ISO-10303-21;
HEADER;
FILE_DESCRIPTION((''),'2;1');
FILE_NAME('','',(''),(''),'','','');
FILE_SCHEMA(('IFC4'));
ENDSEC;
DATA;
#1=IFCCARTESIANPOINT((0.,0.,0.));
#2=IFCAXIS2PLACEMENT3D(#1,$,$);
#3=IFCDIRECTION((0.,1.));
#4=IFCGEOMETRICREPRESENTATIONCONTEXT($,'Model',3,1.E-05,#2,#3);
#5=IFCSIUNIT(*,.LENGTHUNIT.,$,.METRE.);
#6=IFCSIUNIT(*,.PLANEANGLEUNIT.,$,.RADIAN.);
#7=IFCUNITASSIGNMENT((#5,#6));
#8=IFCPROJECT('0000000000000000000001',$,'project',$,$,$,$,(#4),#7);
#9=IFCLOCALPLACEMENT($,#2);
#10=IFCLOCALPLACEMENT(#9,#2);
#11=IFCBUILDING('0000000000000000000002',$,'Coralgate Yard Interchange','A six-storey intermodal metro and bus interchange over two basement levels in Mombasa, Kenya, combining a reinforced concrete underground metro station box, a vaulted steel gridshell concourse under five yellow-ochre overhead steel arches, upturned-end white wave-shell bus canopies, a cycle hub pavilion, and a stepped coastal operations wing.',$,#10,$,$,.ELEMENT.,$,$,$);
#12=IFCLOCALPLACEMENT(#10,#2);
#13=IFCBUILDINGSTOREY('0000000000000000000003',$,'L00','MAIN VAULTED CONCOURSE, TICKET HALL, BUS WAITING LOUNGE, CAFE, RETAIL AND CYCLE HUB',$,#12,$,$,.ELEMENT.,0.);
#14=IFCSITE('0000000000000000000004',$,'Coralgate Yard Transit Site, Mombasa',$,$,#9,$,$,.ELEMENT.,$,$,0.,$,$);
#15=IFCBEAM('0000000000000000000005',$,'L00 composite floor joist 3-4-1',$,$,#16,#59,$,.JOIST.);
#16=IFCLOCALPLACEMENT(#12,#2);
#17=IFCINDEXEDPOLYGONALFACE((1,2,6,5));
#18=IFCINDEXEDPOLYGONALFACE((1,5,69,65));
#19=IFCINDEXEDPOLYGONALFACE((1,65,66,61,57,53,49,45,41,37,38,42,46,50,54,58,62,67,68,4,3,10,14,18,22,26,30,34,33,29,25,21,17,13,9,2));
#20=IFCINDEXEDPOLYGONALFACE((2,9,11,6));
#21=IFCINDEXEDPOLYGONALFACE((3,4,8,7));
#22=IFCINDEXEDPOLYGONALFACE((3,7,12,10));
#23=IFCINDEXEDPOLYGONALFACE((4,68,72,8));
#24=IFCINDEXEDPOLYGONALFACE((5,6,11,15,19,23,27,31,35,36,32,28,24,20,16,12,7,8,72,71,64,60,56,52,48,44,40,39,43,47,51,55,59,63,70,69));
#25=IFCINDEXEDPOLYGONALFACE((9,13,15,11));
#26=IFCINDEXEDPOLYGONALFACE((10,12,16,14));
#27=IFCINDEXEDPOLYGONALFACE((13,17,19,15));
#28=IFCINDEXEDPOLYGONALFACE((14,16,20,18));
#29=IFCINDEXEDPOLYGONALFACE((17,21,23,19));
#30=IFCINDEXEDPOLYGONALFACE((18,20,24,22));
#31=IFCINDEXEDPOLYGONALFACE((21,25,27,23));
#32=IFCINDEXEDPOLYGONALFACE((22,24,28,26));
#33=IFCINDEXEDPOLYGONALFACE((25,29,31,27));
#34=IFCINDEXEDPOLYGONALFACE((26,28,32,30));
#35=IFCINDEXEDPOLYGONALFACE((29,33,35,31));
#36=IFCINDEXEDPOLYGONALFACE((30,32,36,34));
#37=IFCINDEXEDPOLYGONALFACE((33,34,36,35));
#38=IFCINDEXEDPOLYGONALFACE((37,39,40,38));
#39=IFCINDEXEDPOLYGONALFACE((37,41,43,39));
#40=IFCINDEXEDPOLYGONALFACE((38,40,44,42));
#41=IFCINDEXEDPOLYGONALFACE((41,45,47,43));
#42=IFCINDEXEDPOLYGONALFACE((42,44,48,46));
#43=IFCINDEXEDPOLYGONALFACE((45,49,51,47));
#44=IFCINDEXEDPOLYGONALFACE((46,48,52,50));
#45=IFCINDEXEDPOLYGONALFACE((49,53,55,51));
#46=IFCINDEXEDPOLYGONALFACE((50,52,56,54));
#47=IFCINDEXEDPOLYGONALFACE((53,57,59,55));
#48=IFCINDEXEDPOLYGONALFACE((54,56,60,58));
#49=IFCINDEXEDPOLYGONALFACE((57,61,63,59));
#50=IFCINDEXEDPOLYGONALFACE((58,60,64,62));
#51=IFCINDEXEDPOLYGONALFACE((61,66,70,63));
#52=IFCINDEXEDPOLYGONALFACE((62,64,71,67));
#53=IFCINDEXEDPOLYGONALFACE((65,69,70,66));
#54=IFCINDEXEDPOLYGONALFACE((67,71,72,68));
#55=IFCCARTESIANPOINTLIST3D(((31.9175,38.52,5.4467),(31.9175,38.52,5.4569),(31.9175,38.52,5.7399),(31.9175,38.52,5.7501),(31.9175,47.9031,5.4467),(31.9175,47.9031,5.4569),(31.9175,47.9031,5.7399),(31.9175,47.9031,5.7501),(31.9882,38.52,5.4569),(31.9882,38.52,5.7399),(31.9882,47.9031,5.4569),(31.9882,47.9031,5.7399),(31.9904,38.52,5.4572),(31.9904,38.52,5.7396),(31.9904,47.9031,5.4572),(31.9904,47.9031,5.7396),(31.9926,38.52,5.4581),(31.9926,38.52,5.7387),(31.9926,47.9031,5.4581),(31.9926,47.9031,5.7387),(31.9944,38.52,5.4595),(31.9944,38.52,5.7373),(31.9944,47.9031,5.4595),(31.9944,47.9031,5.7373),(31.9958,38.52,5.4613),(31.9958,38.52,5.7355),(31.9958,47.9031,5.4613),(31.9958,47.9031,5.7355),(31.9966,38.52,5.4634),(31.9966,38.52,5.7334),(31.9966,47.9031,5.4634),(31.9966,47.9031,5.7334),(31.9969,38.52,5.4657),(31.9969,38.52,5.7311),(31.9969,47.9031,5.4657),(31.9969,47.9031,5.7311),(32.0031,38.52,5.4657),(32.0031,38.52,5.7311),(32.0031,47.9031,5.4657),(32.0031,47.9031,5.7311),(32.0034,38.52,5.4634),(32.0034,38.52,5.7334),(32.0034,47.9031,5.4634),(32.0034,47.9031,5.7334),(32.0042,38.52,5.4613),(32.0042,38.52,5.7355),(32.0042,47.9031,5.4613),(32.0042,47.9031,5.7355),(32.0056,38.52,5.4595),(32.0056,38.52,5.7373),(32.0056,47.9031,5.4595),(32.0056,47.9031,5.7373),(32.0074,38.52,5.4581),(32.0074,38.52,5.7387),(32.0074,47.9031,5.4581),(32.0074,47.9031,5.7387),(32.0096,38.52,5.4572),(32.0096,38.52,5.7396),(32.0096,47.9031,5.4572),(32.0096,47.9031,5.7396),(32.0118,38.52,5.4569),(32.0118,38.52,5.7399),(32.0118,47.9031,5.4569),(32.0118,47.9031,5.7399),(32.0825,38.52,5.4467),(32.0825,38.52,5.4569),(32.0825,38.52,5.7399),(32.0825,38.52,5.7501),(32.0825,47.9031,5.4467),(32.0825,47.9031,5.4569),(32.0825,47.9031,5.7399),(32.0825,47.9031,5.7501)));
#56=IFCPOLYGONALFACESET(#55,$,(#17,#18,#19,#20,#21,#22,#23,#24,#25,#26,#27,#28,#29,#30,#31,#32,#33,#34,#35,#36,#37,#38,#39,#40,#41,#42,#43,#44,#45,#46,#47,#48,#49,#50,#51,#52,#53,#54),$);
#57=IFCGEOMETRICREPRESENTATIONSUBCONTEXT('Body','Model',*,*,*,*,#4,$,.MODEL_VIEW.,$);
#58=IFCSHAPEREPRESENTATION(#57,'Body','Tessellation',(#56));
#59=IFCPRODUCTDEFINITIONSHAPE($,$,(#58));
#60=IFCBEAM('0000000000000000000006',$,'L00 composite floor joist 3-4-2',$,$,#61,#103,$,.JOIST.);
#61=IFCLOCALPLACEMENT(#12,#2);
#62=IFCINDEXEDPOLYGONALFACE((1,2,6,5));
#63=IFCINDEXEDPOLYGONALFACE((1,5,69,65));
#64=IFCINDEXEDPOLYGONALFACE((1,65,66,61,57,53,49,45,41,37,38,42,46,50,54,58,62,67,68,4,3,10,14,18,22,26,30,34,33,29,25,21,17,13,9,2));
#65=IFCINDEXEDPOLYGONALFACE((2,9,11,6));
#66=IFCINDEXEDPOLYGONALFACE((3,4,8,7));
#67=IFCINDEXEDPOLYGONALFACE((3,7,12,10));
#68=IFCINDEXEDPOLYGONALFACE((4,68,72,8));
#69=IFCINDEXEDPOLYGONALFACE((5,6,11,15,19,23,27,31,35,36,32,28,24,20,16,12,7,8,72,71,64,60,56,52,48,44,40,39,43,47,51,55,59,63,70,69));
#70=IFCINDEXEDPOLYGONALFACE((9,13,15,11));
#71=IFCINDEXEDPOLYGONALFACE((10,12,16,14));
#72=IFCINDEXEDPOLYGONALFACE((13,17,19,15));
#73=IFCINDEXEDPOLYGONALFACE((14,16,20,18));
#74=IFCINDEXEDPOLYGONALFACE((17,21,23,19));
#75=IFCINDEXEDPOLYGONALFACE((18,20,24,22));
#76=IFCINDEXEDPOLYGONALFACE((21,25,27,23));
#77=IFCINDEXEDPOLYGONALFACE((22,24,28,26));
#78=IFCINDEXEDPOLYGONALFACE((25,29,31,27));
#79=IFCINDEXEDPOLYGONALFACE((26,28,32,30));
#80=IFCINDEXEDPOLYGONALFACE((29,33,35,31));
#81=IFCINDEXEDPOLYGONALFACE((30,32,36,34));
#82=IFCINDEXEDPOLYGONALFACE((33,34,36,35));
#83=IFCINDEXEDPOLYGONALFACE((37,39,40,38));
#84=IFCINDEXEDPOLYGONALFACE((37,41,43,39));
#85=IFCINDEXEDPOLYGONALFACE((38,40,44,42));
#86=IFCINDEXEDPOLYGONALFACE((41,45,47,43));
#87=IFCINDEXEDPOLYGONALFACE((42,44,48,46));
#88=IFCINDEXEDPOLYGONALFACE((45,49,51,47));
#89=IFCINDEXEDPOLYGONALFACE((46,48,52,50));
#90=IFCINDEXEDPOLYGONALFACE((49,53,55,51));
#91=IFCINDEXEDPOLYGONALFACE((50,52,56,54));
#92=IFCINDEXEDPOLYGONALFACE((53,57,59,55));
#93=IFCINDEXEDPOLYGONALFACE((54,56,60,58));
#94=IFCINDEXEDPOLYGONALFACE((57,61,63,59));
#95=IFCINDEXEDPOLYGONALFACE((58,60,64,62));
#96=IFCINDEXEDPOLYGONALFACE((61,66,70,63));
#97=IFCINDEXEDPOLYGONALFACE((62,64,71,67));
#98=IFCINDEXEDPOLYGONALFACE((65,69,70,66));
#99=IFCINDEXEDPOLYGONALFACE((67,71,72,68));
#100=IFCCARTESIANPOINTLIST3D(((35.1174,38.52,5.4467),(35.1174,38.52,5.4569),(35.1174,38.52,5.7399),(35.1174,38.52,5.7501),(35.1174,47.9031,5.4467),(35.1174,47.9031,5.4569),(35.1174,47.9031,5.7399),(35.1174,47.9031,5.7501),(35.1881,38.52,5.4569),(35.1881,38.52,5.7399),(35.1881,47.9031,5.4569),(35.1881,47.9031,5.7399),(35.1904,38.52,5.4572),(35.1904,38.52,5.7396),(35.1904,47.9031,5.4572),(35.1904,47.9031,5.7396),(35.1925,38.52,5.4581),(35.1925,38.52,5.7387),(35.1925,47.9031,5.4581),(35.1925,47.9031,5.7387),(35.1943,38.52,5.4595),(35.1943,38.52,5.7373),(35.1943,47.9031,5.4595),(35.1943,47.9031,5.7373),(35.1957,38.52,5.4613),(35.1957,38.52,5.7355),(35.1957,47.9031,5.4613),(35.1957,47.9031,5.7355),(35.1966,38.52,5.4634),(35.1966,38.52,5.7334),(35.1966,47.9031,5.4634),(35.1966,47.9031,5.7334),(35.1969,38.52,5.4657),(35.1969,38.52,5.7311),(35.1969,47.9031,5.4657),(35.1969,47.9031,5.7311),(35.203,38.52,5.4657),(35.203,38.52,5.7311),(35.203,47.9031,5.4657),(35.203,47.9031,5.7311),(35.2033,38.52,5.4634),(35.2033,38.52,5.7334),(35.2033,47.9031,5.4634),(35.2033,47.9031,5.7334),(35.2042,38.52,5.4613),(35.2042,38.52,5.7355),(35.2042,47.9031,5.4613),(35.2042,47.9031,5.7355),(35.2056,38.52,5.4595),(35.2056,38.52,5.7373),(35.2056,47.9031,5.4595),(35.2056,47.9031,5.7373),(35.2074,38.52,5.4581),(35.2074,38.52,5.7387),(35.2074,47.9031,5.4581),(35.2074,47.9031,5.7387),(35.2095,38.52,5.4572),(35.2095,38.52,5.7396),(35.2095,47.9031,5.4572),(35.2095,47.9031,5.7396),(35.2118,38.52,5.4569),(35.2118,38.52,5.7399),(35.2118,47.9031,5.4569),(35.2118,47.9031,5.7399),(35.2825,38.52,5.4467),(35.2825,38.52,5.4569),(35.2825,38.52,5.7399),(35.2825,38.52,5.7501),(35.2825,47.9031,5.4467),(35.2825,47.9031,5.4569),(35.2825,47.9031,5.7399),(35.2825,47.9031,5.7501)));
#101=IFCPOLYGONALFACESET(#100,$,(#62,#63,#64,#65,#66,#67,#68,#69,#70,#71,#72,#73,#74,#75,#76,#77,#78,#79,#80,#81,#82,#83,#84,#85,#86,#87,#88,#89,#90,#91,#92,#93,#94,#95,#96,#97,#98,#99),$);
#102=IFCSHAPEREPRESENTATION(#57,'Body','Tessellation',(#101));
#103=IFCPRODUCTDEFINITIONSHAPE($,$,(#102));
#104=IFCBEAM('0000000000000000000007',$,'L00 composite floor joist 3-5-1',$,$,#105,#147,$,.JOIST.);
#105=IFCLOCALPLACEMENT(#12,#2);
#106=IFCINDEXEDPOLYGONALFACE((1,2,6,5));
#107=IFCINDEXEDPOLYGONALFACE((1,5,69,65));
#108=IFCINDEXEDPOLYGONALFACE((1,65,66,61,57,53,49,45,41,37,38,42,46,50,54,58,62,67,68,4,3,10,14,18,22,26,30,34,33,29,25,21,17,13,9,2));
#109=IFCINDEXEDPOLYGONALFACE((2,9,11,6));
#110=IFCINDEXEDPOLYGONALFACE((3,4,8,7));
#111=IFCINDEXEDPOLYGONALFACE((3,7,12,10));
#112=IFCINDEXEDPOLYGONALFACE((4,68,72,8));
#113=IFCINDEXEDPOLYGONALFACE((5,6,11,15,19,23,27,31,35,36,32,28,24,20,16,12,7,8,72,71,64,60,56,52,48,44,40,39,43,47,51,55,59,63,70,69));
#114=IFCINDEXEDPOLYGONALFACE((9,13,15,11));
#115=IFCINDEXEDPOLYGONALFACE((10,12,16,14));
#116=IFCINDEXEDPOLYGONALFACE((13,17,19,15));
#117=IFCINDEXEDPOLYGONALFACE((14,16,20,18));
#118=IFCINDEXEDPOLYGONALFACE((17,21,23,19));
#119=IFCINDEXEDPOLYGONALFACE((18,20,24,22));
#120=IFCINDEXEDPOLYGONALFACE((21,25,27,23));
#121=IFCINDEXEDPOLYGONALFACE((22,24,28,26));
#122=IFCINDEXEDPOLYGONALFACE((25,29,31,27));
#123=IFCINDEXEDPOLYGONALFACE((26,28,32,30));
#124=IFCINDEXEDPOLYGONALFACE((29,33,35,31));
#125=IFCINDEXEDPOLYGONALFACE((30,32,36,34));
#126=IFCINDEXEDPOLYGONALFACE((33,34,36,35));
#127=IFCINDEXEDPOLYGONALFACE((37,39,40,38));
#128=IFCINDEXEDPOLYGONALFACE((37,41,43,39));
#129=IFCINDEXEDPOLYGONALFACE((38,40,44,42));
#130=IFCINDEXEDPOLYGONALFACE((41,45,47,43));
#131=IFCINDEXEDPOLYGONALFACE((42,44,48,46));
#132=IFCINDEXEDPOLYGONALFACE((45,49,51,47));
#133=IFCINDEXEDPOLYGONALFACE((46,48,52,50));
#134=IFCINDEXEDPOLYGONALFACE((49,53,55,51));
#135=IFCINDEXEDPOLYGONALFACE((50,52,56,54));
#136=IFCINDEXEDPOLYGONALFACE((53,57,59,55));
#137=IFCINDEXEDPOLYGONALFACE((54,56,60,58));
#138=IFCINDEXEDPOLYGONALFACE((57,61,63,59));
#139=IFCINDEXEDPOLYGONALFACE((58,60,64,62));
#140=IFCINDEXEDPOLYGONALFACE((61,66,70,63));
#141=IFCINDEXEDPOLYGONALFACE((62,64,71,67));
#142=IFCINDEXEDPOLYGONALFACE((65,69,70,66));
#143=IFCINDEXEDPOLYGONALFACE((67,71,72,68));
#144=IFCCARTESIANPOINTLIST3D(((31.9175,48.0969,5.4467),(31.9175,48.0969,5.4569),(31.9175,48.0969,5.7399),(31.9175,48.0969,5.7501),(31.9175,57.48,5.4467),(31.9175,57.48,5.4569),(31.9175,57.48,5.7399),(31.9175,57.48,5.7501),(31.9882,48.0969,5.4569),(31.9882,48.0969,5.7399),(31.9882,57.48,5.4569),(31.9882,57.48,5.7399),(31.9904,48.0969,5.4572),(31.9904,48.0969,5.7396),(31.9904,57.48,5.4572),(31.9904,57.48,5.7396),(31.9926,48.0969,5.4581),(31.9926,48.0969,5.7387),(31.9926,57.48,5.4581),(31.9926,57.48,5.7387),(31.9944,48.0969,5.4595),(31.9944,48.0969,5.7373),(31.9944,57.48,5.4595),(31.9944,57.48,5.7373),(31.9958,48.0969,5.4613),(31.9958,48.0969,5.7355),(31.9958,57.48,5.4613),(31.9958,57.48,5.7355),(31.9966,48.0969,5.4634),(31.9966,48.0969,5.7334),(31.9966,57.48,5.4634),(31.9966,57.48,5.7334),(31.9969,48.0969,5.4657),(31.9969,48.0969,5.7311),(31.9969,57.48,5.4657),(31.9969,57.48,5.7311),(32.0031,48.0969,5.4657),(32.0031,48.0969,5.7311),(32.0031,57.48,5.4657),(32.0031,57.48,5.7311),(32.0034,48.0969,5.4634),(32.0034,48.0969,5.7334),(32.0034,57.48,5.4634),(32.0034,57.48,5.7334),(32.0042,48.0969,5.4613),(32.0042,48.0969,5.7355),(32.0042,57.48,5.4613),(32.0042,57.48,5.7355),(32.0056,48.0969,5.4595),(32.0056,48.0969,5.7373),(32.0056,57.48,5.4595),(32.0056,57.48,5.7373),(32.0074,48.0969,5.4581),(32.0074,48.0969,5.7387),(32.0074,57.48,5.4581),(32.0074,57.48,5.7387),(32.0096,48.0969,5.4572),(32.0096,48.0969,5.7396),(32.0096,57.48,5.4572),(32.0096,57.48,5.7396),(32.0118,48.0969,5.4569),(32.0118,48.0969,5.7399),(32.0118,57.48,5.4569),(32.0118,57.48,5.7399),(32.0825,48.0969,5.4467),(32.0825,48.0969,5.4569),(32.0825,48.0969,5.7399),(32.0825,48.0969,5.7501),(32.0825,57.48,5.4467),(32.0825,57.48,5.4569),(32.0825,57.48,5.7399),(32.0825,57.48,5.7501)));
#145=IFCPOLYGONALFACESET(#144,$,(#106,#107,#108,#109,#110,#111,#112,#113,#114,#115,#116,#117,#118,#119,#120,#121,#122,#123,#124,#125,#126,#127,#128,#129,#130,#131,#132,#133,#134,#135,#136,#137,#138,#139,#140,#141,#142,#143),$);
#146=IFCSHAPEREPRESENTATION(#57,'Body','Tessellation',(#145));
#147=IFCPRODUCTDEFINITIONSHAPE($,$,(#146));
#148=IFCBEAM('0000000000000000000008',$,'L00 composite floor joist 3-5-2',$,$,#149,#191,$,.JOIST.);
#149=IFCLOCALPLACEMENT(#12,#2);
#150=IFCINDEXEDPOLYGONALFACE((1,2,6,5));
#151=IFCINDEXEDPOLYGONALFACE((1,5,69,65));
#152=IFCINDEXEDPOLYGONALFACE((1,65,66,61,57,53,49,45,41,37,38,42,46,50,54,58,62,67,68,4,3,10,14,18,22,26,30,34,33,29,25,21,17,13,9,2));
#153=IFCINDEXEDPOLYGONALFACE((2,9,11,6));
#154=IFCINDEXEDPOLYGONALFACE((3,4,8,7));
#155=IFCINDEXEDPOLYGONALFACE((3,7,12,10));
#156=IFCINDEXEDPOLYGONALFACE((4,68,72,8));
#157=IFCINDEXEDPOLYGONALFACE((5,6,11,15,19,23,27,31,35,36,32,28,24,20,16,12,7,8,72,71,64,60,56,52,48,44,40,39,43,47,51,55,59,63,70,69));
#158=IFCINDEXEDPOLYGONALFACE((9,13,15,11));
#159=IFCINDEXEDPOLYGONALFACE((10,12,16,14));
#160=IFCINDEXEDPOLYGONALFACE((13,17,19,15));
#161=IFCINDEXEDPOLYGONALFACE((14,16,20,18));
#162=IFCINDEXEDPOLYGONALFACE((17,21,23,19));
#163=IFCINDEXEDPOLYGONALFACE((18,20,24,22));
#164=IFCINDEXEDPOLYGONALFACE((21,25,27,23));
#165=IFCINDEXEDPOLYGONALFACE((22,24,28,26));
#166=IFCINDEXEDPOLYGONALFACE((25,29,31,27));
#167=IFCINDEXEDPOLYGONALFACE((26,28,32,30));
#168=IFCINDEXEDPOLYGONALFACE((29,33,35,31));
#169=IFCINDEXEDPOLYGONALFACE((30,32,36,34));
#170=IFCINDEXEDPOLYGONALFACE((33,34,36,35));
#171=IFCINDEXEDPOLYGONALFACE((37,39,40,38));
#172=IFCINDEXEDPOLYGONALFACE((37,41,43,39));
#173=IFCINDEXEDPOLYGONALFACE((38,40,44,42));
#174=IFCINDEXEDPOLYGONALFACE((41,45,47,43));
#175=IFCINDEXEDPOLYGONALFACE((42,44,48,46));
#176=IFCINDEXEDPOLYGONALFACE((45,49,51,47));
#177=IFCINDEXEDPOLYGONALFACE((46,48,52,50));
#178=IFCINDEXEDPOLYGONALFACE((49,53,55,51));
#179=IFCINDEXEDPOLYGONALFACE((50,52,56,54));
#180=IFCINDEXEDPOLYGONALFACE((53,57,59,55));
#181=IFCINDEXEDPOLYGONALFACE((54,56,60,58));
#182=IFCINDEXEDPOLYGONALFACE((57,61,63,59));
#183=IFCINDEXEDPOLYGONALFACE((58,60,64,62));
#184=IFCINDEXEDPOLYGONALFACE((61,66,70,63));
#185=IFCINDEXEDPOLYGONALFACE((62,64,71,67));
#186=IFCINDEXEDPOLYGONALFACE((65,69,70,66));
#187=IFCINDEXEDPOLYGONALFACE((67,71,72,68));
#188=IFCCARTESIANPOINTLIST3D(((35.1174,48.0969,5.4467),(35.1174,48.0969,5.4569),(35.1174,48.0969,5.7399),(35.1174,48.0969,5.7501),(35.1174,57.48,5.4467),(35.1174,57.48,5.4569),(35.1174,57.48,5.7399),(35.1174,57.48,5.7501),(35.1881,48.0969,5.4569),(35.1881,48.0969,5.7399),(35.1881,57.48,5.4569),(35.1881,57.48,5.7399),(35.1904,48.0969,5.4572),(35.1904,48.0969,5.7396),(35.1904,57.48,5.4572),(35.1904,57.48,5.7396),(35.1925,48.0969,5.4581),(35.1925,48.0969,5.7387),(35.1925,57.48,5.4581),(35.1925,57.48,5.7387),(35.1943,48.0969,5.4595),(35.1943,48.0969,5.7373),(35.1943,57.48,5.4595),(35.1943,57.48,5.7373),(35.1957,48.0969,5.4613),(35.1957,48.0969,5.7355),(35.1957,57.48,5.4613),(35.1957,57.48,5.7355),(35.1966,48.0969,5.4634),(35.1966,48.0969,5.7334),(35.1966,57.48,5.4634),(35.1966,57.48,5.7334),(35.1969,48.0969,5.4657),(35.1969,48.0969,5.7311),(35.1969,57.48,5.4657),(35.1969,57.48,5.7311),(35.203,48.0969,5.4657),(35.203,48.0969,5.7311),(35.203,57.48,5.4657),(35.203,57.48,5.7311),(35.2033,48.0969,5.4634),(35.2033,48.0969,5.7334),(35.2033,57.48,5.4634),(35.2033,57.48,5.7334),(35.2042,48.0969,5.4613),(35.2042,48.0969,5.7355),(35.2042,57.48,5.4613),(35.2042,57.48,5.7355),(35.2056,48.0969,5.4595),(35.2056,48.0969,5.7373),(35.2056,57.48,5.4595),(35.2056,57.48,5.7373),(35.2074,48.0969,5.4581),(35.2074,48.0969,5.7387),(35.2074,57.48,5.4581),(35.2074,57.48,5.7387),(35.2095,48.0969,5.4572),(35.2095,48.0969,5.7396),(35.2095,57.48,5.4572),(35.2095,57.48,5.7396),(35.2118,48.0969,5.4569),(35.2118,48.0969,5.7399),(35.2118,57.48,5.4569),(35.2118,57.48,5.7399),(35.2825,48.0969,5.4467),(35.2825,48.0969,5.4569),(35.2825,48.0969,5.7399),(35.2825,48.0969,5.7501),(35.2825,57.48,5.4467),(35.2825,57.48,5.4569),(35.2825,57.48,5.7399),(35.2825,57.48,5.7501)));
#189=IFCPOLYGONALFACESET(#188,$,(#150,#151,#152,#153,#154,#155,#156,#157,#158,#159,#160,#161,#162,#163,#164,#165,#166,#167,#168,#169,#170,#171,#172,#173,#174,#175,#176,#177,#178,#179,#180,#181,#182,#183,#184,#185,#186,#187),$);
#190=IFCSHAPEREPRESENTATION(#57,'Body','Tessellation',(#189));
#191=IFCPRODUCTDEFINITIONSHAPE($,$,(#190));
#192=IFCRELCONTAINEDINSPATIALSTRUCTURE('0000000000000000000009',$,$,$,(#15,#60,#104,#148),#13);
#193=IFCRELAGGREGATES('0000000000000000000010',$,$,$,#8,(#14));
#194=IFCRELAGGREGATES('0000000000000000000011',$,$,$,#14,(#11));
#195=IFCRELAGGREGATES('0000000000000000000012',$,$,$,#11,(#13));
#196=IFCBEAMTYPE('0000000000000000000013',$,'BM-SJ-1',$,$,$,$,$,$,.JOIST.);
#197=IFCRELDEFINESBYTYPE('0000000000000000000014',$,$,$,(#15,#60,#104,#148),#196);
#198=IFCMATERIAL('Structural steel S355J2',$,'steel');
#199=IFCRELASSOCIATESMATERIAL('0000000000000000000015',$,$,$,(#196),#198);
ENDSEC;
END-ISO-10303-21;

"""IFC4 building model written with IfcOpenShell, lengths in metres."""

from ifc_helpers import new_model, si_unit, direction, frame, origin, origin_2d, place, context, subcontext, project, spatial, i_section, extrude, material, material_profile, profile_set, type_object, element, save


model = new_model("IFC4")

# Units and contexts
model_context = context("Model", 3, precision=1e-05, world=origin(), true_north=direction((0.0, 1.0)))
body_context = subcontext(model_context, "Body", "Model", "MODEL_VIEW")
ifc_project = project(units=[si_unit("LENGTHUNIT", "METRE"), si_unit("PLANEANGLEUNIT", "RADIAN")], contexts=[model_context])

# Site, building, storey
site_placement = place(None, origin())
site = spatial("IfcSite", under=ifc_project, at=site_placement, Name="Coralgate Yard Transit Site, Mombasa", CompositionType="ELEMENT", RefElevation=0.0)
building_placement = place(site_placement, origin())
building = spatial("IfcBuilding", under=site, at=building_placement, Name="Coralgate Yard Interchange", Description="A six-storey intermodal metro and bus interchange over two basement levels in Mombasa, Kenya, combining a reinforced concrete underground metro station box, a vaulted steel gridshell concourse under five yellow-ochre overhead steel arches, upturned-end white wave-shell bus canopies, a cycle hub pavilion, and a stepped coastal operations wing.", CompositionType="ELEMENT")
storey_placement = place(building_placement, origin())
storey = spatial("IfcBuildingStorey", under=building, at=storey_placement, Name="L00", Description="MAIN VAULTED CONCOURSE, TICKET HALL, BUS WAITING LOUNGE, CAFE, RETAIL AND CYCLE HUB", CompositionType="ELEMENT", Elevation=0.0)

# Shared definitions
ifc_material_1 = material(Name="Structural steel S355J2", Category="steel")

# Beams
ifc_material_profile_1 = material_profile(ifc_material_1, i_section(OverallWidth=0.165, OverallDepth=0.3035, WebThickness=0.0061, FlangeThickness=0.0103, FilletRadius=0.0088, at=origin_2d()), Name="UB 305x165x40")
ifc_profile_set_1 = profile_set([ifc_material_profile_1], Name="Structural steel S355J2")
beam_type_1 = type_object("IfcBeamType", Name="BM-SJ-1", PredefinedType="JOIST", material=ifc_profile_set_1)
for number, where, z_axis, x_axis, name in (
    (1, (32.0, 38.52, 5.5984), (0.0, 1.0, 0.0), (-1.0, 0.0, 0.0), "L00 composite floor joist 3-4-1"),
    (2, (35.2, 38.52, 5.5984), (0.0, 1.0, 0.0), (-1.0, 0.0, 0.0), "L00 composite floor joist 3-4-2"),
    (3, (32.0, 48.0969, 5.5984), (0.0, 1.0, 0.0), (-1.0, 0.0, 0.0), "L00 composite floor joist 3-5-1"),
    (4, (35.2, 48.0969, 5.5984), (0.0, 1.0, 0.0), (-1.0, 0.0, 0.0), "L00 composite floor joist 3-5-2"),
):
    element("IfcBeam", number, at=place(storey_placement, frame(where, z_axis=z_axis, x_axis=x_axis)), inside=storey, type_object=beam_type_1, Name=name, PredefinedType="JOIST", context=body_context, shape_type="SweptSolid", body=[
        extrude(i_section(OverallWidth=0.165, OverallDepth=0.3035, WebThickness=0.0061, FlangeThickness=0.0103, FilletRadius=0.0088, at=origin_2d()), origin(), (0.0, 0.0, 1.0), 9.3831),
    ])

save(model, "model.ifc")
